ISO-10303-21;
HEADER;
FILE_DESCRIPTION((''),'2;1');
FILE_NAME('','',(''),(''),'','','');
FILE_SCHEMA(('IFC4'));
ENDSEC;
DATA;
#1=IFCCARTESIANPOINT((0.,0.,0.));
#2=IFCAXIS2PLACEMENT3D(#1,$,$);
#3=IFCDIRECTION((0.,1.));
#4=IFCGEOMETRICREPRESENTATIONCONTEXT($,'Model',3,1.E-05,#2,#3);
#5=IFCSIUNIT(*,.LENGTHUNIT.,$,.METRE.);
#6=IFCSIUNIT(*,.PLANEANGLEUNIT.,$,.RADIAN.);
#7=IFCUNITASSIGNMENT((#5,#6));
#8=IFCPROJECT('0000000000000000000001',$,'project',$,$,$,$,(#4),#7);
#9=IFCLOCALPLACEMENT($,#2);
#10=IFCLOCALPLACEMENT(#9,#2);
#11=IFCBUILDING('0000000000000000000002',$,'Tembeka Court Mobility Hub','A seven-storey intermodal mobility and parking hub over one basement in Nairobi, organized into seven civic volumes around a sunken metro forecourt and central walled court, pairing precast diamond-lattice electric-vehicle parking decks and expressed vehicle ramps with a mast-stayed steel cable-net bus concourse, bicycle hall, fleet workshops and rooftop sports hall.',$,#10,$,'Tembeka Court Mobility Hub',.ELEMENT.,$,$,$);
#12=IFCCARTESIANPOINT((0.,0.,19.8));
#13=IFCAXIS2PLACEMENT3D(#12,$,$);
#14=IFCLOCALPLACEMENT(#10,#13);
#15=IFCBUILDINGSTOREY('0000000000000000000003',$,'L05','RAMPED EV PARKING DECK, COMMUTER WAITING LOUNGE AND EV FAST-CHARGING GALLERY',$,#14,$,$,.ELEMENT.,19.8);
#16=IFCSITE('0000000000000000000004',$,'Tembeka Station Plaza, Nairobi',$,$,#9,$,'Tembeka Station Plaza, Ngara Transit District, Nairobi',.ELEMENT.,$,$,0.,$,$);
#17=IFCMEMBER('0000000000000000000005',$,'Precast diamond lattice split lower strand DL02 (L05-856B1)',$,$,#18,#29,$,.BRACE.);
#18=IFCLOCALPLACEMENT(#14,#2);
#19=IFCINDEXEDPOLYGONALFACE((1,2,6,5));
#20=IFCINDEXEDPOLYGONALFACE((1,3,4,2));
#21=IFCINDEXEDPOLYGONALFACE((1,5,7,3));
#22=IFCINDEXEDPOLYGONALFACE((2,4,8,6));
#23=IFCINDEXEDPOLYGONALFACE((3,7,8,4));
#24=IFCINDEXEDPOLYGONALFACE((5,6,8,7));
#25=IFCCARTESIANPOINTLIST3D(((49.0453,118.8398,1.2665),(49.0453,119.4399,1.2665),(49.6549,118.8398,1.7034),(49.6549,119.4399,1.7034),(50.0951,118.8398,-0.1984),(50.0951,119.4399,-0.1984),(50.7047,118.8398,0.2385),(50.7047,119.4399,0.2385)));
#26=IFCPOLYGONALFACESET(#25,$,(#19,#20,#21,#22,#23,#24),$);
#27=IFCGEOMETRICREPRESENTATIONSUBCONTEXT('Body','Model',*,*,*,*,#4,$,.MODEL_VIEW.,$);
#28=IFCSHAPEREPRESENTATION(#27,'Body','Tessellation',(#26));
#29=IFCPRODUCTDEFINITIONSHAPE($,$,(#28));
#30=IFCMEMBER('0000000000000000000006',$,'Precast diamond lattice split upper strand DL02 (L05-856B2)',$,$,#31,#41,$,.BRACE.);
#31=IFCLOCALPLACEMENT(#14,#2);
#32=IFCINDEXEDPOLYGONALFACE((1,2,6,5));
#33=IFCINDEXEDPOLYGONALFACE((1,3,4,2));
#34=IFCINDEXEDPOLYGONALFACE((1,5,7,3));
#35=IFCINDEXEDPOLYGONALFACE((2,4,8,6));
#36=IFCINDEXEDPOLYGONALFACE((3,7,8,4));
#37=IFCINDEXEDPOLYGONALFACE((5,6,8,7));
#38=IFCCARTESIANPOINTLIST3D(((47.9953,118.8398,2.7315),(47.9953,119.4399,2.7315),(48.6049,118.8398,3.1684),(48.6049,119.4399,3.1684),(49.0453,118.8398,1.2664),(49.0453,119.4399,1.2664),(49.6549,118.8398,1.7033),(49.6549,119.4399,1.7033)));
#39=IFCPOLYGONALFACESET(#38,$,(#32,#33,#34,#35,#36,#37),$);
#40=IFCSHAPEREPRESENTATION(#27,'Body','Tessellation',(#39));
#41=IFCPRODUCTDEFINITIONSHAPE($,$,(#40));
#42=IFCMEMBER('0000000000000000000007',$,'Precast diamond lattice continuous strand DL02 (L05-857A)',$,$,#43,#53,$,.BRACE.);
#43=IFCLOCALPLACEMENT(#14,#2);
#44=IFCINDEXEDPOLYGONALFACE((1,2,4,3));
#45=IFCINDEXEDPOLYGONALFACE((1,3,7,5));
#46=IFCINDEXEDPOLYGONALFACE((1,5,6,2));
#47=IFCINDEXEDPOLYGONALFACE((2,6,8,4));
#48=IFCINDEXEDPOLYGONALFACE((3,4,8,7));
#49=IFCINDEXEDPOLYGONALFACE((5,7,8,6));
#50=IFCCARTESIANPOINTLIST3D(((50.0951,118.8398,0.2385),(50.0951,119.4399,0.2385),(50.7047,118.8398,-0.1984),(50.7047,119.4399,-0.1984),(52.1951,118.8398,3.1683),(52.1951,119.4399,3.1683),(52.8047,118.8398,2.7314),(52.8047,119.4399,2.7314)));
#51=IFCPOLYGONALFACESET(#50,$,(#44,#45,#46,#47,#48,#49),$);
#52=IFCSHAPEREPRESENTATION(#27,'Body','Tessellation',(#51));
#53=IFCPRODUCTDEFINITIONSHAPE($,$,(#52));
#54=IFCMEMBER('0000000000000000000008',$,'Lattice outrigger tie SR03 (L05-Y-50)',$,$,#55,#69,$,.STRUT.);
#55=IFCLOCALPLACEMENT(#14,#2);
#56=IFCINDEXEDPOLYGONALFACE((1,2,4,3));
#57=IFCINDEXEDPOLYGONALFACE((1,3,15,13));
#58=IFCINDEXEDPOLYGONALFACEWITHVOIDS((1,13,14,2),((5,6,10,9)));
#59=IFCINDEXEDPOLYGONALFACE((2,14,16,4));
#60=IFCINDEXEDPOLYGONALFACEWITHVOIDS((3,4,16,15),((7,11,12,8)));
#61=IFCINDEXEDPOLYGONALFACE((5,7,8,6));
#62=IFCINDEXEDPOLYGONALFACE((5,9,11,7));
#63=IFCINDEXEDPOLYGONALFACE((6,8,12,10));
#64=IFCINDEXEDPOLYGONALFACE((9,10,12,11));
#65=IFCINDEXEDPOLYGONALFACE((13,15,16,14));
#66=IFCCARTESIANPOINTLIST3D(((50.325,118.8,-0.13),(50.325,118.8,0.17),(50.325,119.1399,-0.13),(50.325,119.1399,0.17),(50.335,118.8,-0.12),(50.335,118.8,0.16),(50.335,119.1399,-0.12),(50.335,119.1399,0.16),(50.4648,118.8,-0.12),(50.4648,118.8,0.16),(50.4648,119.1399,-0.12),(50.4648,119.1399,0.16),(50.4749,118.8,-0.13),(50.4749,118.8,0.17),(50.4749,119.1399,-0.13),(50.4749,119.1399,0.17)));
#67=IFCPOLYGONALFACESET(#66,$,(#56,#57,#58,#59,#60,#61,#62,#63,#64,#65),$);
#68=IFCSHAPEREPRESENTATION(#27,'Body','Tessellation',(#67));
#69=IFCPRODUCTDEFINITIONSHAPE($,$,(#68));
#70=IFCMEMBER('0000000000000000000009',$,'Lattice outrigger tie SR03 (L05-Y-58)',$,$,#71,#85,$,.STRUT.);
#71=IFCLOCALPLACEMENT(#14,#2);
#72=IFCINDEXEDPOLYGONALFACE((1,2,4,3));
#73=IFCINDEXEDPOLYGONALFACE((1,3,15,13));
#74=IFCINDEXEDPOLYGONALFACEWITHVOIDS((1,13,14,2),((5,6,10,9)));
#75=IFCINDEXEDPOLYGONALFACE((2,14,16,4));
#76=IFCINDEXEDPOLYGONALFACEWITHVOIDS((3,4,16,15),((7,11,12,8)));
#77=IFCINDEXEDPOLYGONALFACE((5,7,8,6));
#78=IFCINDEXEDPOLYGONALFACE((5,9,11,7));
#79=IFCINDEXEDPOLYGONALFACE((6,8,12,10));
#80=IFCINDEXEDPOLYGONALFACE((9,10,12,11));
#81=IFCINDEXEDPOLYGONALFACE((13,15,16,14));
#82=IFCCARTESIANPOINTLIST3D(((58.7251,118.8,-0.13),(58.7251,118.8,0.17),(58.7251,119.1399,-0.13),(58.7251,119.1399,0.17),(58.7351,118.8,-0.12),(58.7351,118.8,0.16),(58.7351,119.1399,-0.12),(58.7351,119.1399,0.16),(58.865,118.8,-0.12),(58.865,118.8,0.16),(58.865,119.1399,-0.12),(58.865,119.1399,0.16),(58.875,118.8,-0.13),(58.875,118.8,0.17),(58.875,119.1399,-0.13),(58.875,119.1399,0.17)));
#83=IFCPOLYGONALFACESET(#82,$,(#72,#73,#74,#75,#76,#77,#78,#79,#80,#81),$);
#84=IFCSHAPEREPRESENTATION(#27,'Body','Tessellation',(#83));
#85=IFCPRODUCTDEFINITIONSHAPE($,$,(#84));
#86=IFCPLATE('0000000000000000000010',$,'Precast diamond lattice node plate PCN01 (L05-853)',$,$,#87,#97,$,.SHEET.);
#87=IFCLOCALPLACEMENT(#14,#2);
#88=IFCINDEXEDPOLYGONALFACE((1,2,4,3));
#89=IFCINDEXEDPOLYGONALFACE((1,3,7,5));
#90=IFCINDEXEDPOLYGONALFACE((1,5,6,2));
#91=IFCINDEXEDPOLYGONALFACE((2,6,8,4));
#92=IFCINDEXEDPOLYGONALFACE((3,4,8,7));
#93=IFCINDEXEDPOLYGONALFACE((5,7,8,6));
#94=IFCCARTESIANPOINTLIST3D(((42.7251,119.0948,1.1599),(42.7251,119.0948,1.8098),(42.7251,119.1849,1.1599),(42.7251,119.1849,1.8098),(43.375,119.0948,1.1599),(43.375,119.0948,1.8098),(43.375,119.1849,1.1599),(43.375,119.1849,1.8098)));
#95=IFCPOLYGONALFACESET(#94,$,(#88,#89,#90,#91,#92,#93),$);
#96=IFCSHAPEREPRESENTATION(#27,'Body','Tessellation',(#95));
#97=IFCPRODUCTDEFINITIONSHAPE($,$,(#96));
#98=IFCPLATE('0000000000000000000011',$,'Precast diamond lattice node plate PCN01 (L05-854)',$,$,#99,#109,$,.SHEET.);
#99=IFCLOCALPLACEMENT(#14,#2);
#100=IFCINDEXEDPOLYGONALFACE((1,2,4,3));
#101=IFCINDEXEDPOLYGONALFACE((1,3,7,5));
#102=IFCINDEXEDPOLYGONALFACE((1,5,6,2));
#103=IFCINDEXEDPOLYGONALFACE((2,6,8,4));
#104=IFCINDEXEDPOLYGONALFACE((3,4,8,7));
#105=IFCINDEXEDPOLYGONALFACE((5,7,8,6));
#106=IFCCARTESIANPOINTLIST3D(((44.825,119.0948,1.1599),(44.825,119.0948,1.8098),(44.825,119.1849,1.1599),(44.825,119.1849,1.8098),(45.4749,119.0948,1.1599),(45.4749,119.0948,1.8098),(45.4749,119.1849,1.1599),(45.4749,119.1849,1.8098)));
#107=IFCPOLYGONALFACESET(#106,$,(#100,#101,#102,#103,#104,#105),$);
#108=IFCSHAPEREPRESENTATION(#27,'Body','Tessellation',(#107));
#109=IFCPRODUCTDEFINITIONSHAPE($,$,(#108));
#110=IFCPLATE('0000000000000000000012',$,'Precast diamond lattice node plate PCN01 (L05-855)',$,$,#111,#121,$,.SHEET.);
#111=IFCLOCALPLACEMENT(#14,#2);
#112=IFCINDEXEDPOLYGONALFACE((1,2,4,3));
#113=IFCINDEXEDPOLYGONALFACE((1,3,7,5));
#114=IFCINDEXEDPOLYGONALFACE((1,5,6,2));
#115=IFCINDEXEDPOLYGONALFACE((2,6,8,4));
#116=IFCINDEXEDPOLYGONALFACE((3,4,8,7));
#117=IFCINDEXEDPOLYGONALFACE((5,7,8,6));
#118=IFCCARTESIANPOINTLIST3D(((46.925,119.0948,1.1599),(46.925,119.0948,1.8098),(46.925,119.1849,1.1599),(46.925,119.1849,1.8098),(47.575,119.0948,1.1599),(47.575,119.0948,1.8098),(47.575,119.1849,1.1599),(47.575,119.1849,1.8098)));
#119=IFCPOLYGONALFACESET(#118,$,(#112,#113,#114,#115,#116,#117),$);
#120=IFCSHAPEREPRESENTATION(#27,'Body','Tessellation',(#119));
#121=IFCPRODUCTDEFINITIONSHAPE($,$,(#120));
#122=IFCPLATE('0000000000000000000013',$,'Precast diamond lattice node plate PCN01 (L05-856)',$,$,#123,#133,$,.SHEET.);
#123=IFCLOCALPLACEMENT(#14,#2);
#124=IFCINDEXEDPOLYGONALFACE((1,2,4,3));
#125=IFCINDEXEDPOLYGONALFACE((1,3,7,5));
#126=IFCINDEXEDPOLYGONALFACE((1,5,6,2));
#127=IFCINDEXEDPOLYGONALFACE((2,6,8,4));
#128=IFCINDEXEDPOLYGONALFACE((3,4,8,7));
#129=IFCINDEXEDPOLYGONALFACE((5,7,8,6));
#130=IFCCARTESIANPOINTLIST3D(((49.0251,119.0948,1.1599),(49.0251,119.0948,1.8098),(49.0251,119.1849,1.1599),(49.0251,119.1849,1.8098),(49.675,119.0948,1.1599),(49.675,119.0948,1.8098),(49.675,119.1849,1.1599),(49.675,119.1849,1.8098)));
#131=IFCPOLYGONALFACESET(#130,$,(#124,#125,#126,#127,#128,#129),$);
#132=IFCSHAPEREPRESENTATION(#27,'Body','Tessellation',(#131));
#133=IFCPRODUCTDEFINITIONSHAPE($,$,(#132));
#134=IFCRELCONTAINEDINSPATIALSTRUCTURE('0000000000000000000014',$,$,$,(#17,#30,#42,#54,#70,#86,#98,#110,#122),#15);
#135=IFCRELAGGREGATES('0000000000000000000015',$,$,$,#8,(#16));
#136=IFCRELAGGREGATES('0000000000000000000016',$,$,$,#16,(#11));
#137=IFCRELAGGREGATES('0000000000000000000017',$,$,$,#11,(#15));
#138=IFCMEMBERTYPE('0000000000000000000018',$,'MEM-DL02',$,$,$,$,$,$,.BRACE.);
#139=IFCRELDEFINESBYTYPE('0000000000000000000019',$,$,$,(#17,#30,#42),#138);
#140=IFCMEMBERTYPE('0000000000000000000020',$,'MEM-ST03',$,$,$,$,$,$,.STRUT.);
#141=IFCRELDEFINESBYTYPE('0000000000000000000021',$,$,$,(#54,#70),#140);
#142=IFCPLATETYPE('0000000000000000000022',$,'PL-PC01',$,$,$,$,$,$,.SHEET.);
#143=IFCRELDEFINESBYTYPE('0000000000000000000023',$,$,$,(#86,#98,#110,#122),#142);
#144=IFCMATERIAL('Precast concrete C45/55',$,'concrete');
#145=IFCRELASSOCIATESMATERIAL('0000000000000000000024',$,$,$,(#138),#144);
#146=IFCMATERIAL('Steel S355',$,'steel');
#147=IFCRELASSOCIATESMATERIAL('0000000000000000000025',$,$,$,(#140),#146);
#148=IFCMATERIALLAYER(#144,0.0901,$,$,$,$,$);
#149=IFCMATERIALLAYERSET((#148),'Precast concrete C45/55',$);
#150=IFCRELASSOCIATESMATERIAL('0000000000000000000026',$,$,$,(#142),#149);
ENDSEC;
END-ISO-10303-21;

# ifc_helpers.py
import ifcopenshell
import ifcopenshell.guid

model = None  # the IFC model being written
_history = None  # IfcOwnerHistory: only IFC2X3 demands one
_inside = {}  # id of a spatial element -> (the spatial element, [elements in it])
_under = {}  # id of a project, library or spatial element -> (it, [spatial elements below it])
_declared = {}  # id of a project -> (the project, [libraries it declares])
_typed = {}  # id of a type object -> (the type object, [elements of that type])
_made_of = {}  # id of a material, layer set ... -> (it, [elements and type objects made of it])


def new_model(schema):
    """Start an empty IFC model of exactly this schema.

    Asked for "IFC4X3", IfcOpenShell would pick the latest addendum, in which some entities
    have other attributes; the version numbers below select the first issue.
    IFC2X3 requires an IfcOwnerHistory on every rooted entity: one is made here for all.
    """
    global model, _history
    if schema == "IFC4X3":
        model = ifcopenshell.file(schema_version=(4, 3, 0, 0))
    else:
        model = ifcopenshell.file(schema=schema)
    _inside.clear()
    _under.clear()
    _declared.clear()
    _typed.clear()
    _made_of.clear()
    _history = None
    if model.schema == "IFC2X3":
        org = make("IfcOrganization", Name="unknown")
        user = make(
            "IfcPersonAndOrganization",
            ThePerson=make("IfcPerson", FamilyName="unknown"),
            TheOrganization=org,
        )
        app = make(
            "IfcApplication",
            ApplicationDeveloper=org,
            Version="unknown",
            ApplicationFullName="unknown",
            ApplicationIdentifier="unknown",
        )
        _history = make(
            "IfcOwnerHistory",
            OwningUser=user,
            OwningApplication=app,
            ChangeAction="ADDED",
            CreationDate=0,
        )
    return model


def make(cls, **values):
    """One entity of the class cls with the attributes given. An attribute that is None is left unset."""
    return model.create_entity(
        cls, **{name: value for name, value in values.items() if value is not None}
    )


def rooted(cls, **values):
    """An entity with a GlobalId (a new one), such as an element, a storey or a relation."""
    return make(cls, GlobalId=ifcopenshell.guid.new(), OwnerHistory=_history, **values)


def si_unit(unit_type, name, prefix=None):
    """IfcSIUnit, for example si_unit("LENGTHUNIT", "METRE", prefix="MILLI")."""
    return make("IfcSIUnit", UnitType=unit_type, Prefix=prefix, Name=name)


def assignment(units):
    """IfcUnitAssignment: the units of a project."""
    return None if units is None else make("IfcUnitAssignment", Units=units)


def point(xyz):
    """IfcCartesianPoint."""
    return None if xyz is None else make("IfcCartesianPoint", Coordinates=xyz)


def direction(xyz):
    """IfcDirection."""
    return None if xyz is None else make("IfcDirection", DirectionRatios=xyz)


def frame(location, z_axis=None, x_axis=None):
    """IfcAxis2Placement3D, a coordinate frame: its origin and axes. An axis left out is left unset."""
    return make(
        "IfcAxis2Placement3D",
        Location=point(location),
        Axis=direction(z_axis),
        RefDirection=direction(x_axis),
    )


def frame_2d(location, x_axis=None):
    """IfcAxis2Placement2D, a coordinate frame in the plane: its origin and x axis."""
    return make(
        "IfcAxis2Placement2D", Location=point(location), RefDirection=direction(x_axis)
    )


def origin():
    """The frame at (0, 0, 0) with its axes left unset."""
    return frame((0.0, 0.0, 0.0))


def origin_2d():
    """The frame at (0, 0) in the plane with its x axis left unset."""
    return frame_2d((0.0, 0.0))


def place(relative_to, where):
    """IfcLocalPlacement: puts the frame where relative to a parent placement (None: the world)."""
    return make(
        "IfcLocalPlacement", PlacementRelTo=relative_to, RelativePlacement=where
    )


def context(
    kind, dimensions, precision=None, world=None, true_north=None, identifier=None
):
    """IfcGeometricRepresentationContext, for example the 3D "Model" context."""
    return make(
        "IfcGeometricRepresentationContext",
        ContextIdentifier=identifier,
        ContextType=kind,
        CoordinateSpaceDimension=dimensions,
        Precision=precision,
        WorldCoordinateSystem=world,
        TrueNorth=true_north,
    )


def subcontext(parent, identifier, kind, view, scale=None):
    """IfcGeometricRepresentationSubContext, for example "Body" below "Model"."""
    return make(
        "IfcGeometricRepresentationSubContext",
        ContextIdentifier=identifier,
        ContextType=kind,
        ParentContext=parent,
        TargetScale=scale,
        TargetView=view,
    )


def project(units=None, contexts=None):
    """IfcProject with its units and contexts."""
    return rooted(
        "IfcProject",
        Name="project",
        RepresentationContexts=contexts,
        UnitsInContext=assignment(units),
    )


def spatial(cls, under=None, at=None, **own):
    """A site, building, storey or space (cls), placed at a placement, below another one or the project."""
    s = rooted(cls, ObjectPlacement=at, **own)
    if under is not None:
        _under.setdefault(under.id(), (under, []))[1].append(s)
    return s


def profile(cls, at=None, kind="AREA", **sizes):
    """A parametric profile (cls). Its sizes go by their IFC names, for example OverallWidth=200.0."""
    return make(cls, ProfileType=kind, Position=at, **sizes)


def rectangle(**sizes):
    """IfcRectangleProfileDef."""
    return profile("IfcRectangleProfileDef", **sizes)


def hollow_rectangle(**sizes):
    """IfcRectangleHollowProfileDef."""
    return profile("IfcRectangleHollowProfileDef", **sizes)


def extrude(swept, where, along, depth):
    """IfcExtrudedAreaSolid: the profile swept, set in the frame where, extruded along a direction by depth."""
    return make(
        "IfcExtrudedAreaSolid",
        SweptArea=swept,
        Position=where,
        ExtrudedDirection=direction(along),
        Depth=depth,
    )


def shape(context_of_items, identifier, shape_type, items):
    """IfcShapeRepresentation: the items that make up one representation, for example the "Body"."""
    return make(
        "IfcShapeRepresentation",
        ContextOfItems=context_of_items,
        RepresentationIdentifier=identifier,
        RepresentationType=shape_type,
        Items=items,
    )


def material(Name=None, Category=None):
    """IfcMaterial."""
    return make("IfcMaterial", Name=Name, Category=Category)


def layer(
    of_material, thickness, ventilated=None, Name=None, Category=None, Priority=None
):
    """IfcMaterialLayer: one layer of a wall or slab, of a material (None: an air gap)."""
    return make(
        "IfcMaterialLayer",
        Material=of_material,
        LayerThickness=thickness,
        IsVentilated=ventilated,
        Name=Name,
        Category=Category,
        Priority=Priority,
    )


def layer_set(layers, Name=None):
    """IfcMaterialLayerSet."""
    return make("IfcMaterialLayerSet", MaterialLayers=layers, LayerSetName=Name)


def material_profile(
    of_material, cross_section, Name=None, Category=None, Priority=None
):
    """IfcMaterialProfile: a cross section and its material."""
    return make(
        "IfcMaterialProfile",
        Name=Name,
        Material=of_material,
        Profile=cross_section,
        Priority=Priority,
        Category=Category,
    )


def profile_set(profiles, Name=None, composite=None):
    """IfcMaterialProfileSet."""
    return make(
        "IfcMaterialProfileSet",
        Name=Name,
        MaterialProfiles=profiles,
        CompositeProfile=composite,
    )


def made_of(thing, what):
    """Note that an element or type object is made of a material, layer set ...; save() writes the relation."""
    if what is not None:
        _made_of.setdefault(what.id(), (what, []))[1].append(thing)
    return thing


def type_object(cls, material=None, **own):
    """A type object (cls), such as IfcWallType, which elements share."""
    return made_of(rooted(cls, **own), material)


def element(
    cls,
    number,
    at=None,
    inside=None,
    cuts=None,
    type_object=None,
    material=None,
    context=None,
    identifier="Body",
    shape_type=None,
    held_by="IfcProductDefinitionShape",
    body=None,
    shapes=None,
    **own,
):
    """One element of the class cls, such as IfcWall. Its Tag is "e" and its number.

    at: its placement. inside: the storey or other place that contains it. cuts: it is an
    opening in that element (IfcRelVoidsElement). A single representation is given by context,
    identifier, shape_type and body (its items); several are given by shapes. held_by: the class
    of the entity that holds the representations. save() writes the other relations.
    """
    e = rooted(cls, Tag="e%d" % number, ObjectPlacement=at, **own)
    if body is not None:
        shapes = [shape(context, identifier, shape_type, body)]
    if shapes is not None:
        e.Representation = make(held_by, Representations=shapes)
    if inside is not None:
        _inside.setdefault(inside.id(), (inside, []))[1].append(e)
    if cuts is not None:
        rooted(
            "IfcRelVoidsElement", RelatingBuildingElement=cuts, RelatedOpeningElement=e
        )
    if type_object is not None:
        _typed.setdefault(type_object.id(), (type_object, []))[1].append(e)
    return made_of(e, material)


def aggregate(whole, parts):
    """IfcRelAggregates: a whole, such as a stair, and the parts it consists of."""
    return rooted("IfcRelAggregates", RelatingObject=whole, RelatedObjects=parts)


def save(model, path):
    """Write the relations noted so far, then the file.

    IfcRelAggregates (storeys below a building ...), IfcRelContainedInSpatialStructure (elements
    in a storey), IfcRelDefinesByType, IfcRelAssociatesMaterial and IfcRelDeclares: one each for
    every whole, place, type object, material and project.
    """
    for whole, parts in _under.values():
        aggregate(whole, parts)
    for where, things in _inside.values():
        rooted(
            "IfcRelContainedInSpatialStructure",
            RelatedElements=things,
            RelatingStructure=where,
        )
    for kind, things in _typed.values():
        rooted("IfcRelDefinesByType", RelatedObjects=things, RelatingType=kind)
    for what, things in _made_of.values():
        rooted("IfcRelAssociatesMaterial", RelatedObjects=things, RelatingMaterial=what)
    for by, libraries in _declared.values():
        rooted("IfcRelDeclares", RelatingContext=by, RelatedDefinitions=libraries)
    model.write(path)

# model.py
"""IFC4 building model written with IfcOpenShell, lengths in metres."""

from ifc_helpers import new_model, si_unit, direction, frame, origin, origin_2d, place, context, subcontext, project, spatial, rectangle, hollow_rectangle, extrude, material, layer, layer_set, material_profile, profile_set, type_object, element, save


model = new_model("IFC4")

# Units and contexts
model_context = context("Model", 3, precision=1e-05, world=origin(), true_north=direction((0.0, 1.0)))
body_context = subcontext(model_context, "Body", "Model", "MODEL_VIEW")
ifc_project = project(units=[si_unit("LENGTHUNIT", "METRE"), si_unit("PLANEANGLEUNIT", "RADIAN")], contexts=[model_context])

# Site, building, storey
site_placement = place(None, origin())
site = spatial("IfcSite", under=ifc_project, at=site_placement, Name="Tembeka Station Plaza, Nairobi", LongName="Tembeka Station Plaza, Ngara Transit District, Nairobi", CompositionType="ELEMENT", RefElevation=0.0)
building_placement = place(site_placement, origin())
building = spatial("IfcBuilding", under=site, at=building_placement, Name="Tembeka Court Mobility Hub", Description="A seven-storey intermodal mobility and parking hub over one basement in Nairobi, organized into seven civic volumes around a sunken metro forecourt and central walled court, pairing precast diamond-lattice electric-vehicle parking decks and expressed vehicle ramps with a mast-stayed steel cable-net bus concourse, bicycle hall, fleet workshops and rooftop sports hall.", LongName="Tembeka Court Mobility Hub", CompositionType="ELEMENT")
storey_placement = place(building_placement, frame((0.0, 0.0, 19.8)))
storey = spatial("IfcBuildingStorey", under=building, at=storey_placement, Name="L05", Description="RAMPED EV PARKING DECK, COMMUTER WAITING LOUNGE AND EV FAST-CHARGING GALLERY", CompositionType="ELEMENT", Elevation=19.8)

# Shared definitions
ifc_material_1 = material(Name="Steel S355", Category="steel")

# Shared definitions
ifc_material_2 = material(Name="Precast concrete C45/55", Category="concrete")

# Members
ifc_material_profile_1 = material_profile(ifc_material_2, rectangle(XDim=0.6001, YDim=0.75, at=origin_2d()), Name="PC-DIAG 600x750")
ifc_profile_set_1 = profile_set([ifc_material_profile_1], Name="Precast concrete C45/55")
member_type_1 = type_object("IfcMemberType", Name="MEM-DL02", PredefinedType="BRACE", material=ifc_profile_set_1)
member_1_placement = place(storey_placement, frame((50.3999, 119.1399, 0.02), z_axis=(-0.582519, 0.0, 0.812817), x_axis=(0.0, -1.0, 0.0)))
element("IfcMember", 1, at=member_1_placement, inside=storey, type_object=member_type_1, Name="Precast diamond lattice split lower strand DL02 (L05-856B1)", PredefinedType="BRACE", context=body_context, shape_type="SweptSolid", body=[
    extrude(rectangle(XDim=0.6001, YDim=0.75, at=origin_2d()), origin(), (0.0, 0.0, 1.0), 1.8022),
])
member_2_placement = place(storey_placement, frame((49.3501, 119.1399, 1.4849), z_axis=(-0.582544, 0.0, 0.812799), x_axis=(0.0, -1.0, 0.0)))
element("IfcMember", 2, at=member_2_placement, inside=storey, type_object=member_type_1, Name="Precast diamond lattice split upper strand DL02 (L05-856B2)", PredefinedType="BRACE", context=body_context, shape_type="SweptSolid", body=[
    extrude(rectangle(XDim=0.6001, YDim=0.75, at=origin_2d()), origin(), (0.0, 0.0, 1.0), 1.8025),
])
member_3_placement = place(storey_placement, frame((50.3999, 119.1399, 0.02), z_axis=(0.582576, 0.0, 0.812776), x_axis=(0.0, 1.0, 0.0)))
element("IfcMember", 3, at=member_3_placement, inside=storey, type_object=member_type_1, Name="Precast diamond lattice continuous strand DL02 (L05-857A)", PredefinedType="BRACE", context=body_context, shape_type="SweptSolid", body=[
    extrude(rectangle(XDim=0.6001, YDim=0.75, at=origin_2d()), origin(), (0.0, 0.0, 1.0), 3.6047),
])
ifc_material_profile_2 = material_profile(ifc_material_1, hollow_rectangle(XDim=0.1499, YDim=0.3, WallThickness=0.01, at=origin_2d()), Name="RHS 300x150x10")
ifc_profile_set_2 = profile_set([ifc_material_profile_2], Name="Steel S355")
member_type_2 = type_object("IfcMemberType", Name="MEM-ST03", PredefinedType="STRUT", material=ifc_profile_set_2)
for number, where, z_axis, x_axis, name in (
    (4, (50.3999, 118.8, 0.02), (0.0, 1.0, 0.0), (-1.0, 0.0, 0.0), "Lattice outrigger tie SR03 (L05-Y-50)"),
    (5, (58.8, 118.8, 0.02), (0.0, 1.0, 0.0), (-1.0, 0.0, 0.0), "Lattice outrigger tie SR03 (L05-Y-58)"),
):
    element("IfcMember", number, at=place(storey_placement, frame(where, z_axis=z_axis, x_axis=x_axis)), inside=storey, type_object=member_type_2, Name=name, PredefinedType="STRUT", context=body_context, shape_type="SweptSolid", body=[
        extrude(hollow_rectangle(XDim=0.1499, YDim=0.3, WallThickness=0.01, at=origin_2d()), origin(), (0.0, 0.0, 1.0), 0.3398),
    ])

# Plates
ifc_layer = layer(ifc_material_2, 0.0901)
ifc_layer_set = layer_set([ifc_layer], Name="Precast concrete C45/55")
plate_type = type_object("IfcPlateType", Name="PL-PC01", PredefinedType="SHEET", material=ifc_layer_set)
for number, where, z_axis, x_axis, name in (
    (6, (43.05, 119.1399, 1.1599), (0.0, 0.0, 1.0), (1.0, 0.0, 0.0), "Precast diamond lattice node plate PCN01 (L05-853)"),
    (7, (45.1499, 119.1399, 1.1599), (0.0, 0.0, 1.0), (1.0, 0.0, 0.0), "Precast diamond lattice node plate PCN01 (L05-854)"),
    (8, (47.25, 119.1399, 1.1599), (0.0, 0.0, 1.0), (1.0, 0.0, 0.0), "Precast diamond lattice node plate PCN01 (L05-855)"),
    (9, (49.3501, 119.1399, 1.1599), (0.0, 0.0, 1.0), (1.0, 0.0, 0.0), "Precast diamond lattice node plate PCN01 (L05-856)"),
):
    element("IfcPlate", number, at=place(storey_placement, frame(where, z_axis=z_axis, x_axis=x_axis)), inside=storey, type_object=plate_type, Name=name, PredefinedType="SHEET", context=body_context, shape_type="SweptSolid", body=[
        extrude(rectangle(XDim=0.6499, YDim=0.0901, at=origin_2d()), origin(), (0.0, 0.0, 1.0), 0.6499),
    ])

save(model, "model.ifc")
